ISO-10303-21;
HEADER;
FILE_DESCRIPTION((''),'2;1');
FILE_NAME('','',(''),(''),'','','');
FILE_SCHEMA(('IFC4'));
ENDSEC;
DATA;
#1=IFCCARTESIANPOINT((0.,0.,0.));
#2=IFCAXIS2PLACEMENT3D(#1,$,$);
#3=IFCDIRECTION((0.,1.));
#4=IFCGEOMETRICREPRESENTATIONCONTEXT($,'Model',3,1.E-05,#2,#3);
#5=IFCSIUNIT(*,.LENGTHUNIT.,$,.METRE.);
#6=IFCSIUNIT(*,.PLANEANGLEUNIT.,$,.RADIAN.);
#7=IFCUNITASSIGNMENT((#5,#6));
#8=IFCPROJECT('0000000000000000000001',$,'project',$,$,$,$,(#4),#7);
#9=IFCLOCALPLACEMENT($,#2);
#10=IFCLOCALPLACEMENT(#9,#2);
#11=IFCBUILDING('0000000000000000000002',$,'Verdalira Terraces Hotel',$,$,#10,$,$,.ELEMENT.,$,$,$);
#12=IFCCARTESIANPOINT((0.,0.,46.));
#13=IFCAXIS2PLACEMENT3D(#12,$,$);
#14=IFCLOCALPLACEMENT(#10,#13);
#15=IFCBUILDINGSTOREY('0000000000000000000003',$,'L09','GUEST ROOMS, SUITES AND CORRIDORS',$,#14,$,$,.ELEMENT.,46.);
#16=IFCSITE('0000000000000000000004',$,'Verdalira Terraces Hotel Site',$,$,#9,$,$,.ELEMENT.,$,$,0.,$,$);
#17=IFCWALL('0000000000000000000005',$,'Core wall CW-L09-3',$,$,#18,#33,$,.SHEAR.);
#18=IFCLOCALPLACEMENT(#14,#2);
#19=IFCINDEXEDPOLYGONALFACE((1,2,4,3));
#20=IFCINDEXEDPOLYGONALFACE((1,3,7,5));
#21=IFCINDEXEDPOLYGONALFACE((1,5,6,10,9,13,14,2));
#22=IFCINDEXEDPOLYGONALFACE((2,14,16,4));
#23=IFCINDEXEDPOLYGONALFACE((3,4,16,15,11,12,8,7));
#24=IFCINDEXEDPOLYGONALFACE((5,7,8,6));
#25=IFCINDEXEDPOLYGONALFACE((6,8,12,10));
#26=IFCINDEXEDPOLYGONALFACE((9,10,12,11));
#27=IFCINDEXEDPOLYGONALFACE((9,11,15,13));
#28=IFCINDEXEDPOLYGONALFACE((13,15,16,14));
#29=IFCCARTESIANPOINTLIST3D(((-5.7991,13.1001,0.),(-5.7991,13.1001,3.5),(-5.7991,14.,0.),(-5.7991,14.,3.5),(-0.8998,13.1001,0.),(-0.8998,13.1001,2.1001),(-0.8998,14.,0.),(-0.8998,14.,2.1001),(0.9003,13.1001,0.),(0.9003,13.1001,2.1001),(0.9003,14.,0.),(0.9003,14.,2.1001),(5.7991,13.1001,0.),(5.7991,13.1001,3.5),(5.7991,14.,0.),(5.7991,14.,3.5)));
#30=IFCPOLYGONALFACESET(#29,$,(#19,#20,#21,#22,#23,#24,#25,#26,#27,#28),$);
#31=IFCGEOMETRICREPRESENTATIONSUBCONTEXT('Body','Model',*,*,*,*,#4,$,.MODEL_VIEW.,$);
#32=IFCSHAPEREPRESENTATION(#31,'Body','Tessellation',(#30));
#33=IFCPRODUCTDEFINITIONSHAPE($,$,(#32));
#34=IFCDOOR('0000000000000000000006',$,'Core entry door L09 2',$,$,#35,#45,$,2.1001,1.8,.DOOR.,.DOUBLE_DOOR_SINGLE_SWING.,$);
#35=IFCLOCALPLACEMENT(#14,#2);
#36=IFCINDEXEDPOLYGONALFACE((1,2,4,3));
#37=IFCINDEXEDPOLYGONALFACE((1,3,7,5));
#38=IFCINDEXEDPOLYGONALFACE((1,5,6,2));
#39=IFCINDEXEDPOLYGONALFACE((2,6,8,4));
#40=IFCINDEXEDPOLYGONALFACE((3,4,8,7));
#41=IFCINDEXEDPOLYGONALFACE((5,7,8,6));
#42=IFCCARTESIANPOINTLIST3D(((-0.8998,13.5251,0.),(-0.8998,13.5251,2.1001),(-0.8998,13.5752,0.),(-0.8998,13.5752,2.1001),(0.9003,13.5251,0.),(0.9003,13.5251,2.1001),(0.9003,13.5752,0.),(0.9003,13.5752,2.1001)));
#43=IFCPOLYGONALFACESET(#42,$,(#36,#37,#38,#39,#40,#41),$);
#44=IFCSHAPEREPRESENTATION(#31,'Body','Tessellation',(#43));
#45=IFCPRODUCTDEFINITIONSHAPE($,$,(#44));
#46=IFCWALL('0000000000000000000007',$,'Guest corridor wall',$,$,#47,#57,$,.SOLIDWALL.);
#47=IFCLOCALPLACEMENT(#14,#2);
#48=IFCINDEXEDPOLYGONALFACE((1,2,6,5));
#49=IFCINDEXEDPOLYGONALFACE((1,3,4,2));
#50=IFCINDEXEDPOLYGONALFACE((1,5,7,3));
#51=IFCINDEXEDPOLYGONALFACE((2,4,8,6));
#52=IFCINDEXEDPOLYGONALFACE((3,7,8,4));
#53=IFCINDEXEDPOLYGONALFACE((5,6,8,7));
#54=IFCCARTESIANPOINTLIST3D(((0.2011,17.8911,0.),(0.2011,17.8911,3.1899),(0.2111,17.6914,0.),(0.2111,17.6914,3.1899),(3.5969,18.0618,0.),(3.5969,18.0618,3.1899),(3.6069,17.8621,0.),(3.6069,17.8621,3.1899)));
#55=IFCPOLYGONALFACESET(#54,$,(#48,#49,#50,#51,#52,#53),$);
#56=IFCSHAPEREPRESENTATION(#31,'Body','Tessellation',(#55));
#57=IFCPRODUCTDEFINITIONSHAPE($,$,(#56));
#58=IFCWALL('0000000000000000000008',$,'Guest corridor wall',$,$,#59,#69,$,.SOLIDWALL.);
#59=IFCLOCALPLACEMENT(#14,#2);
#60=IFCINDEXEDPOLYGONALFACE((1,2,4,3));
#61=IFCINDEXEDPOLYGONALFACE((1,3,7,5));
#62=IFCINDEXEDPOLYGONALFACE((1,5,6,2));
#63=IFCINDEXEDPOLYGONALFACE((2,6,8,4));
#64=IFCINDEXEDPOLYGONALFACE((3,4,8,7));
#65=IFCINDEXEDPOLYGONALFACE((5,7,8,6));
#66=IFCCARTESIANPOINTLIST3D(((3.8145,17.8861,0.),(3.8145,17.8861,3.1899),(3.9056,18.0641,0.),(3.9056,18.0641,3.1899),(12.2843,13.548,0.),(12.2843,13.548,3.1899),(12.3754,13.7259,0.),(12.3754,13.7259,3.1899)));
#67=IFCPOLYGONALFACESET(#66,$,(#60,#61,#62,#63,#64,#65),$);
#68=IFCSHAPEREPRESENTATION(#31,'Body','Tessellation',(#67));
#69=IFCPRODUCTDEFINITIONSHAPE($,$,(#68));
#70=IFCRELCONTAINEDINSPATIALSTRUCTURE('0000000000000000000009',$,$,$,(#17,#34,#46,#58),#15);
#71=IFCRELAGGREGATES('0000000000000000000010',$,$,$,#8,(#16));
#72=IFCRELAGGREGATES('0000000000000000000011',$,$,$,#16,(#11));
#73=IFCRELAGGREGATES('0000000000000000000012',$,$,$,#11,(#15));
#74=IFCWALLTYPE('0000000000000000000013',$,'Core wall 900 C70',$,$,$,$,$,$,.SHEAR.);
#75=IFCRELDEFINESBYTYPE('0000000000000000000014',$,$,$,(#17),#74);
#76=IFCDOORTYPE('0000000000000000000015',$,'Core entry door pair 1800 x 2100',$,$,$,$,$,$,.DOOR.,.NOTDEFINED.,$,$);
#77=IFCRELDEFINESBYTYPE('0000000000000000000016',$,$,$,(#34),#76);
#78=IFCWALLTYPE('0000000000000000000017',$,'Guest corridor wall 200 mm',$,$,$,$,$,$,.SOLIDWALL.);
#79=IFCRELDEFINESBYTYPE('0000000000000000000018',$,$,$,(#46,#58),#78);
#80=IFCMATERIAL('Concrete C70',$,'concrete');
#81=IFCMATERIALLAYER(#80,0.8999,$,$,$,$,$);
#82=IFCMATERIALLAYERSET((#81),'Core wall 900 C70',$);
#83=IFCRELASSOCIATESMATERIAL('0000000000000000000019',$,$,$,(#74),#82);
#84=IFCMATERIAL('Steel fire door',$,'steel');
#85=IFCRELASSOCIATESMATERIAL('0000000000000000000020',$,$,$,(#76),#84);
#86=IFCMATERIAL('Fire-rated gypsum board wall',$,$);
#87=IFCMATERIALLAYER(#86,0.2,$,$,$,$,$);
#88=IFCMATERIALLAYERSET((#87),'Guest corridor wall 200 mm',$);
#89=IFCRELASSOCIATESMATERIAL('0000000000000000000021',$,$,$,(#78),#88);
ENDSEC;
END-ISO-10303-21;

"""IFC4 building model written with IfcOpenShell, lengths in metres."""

from ifc_helpers import new_model, si_unit, direction, frame, frame_2d, origin, place, context, subcontext, project, spatial, rectangle, extrude, material, layer, layer_set, type_object, element, fill, save


model = new_model("IFC4")

# Units and contexts
model_context = context("Model", 3, precision=1e-05, world=origin(), true_north=direction((0.0, 1.0)))
body_context = subcontext(model_context, "Body", "Model", "MODEL_VIEW")
ifc_project = project(units=[si_unit("LENGTHUNIT", "METRE"), si_unit("PLANEANGLEUNIT", "RADIAN")], contexts=[model_context])

# Site, building, storey
site_placement = place(None, origin())
site = spatial("IfcSite", under=ifc_project, at=site_placement, Name="Verdalira Terraces Hotel Site", CompositionType="ELEMENT", RefElevation=0.0)
building_placement = place(site_placement, origin())
building = spatial("IfcBuilding", under=site, at=building_placement, Name="Verdalira Terraces Hotel", CompositionType="ELEMENT")
storey_placement = place(building_placement, frame((0.0, 0.0, 46.0)))
storey = spatial("IfcBuildingStorey", under=building, at=storey_placement, Name="L09", Description="GUEST ROOMS, SUITES AND CORRIDORS", CompositionType="ELEMENT", Elevation=46.0)

# Wall, opening, door
ifc_material_1 = material(Name="Concrete C70", Category="concrete")
ifc_layer_1 = layer(ifc_material_1, 0.8999)
ifc_layer_set_1 = layer_set([ifc_layer_1], Name="Core wall 900 C70")
wall_type_1 = type_object("IfcWallType", Name="Core wall 900 C70", PredefinedType="SHEAR", material=ifc_layer_set_1)
wall_1_placement = place(storey_placement, frame((5.7991, 13.55, 0.0), z_axis=(0.0, 0.0, 1.0), x_axis=(-1.0, 0.0, 0.0)))
wall_1 = element("IfcWall", 1, at=wall_1_placement, inside=storey, type_object=wall_type_1, Name="Core wall CW-L09-3", PredefinedType="SHEAR", context=body_context, shape_type="SweptSolid", body=[
    extrude(rectangle(XDim=11.5981, YDim=0.8999, at=frame_2d((5.7991, 0.0))), origin(), (0.0, 0.0, 1.0), 3.5),
])
opening_1_placement = place(wall_1_placement, frame((4.8989, 0.0, 0.0)))
opening_1 = element("IfcOpeningElement", 2, at=opening_1_placement, cuts=wall_1, PredefinedType="OPENING", context=body_context, shape_type="SweptSolid", body=[
    extrude(rectangle(XDim=1.8, YDim=2.1001, at=frame_2d((0.8999, 1.05))), frame((0.0, 0.46, 0.0), z_axis=(0.0, -1.0, 0.0), x_axis=(1.0, 0.0, 0.0)), (0.0, 0.0, 1.0), 0.9199),
])
ifc_material_2 = material(Name="Steel fire door", Category="steel")
door_type_1 = type_object("IfcDoorType", Name="Core entry door pair 1800 x 2100", OperationType="NOTDEFINED", PredefinedType="DOOR", material=ifc_material_2)
door_1_placement = place(opening_1_placement, origin())
door_1 = element("IfcDoor", 3, at=door_1_placement, inside=storey, type_object=door_type_1, Name="Core entry door L09 2", OperationType="DOUBLE_DOOR_SINGLE_SWING", OverallHeight=2.1001, OverallWidth=1.8, PredefinedType="DOOR", context=body_context, shape_type="SweptSolid", body=[
    extrude(rectangle(XDim=1.8, YDim=2.1001, at=frame_2d((0.8999, 1.05))), frame((0.0, 0.0249, 0.0), z_axis=(0.0, -1.0, 0.0), x_axis=(1.0, 0.0, 0.0)), (0.0, 0.0, 1.0), 0.05),
])
fill(opening_1, door_1)

# Walls
ifc_material_3 = material(Name="Fire-rated gypsum board wall")
ifc_layer_2 = layer(ifc_material_3, 0.2)
ifc_layer_set_2 = layer_set([ifc_layer_2], Name="Guest corridor wall 200 mm")
wall_type_2 = type_object("IfcWallType", Name="Guest corridor wall 200 mm", PredefinedType="SOLIDWALL", material=ifc_layer_set_2)
wall_2_placement = place(storey_placement, frame((3.6021, 17.9619, 0.0), z_axis=(0.0, 0.0, 1.0), x_axis=(-0.99874, -0.050192, 0.0)))
element("IfcWall", 4, at=wall_2_placement, inside=storey, type_object=wall_type_2, Name="Guest corridor wall", PredefinedType="SOLIDWALL", context=body_context, shape_type="SweptSolid", body=[
    extrude(rectangle(XDim=3.4001, YDim=0.2, at=frame_2d((1.7002, 0.0))), origin(), (0.0, 0.0, 1.0), 3.1899),
])
wall_3_placement = place(storey_placement, frame((12.3298, 13.637, 0.0), z_axis=(0.0, 0.0, 1.0), x_axis=(-0.890044, 0.455874, 0.0)))
element("IfcWall", 5, at=wall_3_placement, inside=storey, type_object=wall_type_2, Name="Guest corridor wall", PredefinedType="SOLIDWALL", context=body_context, shape_type="SweptSolid", body=[
    extrude(rectangle(XDim=9.5161, YDim=0.2, at=frame_2d((4.7581, 0.0))), origin(), (0.0, 0.0, 1.0), 3.1899),
])

save(model, "model.ifc")
